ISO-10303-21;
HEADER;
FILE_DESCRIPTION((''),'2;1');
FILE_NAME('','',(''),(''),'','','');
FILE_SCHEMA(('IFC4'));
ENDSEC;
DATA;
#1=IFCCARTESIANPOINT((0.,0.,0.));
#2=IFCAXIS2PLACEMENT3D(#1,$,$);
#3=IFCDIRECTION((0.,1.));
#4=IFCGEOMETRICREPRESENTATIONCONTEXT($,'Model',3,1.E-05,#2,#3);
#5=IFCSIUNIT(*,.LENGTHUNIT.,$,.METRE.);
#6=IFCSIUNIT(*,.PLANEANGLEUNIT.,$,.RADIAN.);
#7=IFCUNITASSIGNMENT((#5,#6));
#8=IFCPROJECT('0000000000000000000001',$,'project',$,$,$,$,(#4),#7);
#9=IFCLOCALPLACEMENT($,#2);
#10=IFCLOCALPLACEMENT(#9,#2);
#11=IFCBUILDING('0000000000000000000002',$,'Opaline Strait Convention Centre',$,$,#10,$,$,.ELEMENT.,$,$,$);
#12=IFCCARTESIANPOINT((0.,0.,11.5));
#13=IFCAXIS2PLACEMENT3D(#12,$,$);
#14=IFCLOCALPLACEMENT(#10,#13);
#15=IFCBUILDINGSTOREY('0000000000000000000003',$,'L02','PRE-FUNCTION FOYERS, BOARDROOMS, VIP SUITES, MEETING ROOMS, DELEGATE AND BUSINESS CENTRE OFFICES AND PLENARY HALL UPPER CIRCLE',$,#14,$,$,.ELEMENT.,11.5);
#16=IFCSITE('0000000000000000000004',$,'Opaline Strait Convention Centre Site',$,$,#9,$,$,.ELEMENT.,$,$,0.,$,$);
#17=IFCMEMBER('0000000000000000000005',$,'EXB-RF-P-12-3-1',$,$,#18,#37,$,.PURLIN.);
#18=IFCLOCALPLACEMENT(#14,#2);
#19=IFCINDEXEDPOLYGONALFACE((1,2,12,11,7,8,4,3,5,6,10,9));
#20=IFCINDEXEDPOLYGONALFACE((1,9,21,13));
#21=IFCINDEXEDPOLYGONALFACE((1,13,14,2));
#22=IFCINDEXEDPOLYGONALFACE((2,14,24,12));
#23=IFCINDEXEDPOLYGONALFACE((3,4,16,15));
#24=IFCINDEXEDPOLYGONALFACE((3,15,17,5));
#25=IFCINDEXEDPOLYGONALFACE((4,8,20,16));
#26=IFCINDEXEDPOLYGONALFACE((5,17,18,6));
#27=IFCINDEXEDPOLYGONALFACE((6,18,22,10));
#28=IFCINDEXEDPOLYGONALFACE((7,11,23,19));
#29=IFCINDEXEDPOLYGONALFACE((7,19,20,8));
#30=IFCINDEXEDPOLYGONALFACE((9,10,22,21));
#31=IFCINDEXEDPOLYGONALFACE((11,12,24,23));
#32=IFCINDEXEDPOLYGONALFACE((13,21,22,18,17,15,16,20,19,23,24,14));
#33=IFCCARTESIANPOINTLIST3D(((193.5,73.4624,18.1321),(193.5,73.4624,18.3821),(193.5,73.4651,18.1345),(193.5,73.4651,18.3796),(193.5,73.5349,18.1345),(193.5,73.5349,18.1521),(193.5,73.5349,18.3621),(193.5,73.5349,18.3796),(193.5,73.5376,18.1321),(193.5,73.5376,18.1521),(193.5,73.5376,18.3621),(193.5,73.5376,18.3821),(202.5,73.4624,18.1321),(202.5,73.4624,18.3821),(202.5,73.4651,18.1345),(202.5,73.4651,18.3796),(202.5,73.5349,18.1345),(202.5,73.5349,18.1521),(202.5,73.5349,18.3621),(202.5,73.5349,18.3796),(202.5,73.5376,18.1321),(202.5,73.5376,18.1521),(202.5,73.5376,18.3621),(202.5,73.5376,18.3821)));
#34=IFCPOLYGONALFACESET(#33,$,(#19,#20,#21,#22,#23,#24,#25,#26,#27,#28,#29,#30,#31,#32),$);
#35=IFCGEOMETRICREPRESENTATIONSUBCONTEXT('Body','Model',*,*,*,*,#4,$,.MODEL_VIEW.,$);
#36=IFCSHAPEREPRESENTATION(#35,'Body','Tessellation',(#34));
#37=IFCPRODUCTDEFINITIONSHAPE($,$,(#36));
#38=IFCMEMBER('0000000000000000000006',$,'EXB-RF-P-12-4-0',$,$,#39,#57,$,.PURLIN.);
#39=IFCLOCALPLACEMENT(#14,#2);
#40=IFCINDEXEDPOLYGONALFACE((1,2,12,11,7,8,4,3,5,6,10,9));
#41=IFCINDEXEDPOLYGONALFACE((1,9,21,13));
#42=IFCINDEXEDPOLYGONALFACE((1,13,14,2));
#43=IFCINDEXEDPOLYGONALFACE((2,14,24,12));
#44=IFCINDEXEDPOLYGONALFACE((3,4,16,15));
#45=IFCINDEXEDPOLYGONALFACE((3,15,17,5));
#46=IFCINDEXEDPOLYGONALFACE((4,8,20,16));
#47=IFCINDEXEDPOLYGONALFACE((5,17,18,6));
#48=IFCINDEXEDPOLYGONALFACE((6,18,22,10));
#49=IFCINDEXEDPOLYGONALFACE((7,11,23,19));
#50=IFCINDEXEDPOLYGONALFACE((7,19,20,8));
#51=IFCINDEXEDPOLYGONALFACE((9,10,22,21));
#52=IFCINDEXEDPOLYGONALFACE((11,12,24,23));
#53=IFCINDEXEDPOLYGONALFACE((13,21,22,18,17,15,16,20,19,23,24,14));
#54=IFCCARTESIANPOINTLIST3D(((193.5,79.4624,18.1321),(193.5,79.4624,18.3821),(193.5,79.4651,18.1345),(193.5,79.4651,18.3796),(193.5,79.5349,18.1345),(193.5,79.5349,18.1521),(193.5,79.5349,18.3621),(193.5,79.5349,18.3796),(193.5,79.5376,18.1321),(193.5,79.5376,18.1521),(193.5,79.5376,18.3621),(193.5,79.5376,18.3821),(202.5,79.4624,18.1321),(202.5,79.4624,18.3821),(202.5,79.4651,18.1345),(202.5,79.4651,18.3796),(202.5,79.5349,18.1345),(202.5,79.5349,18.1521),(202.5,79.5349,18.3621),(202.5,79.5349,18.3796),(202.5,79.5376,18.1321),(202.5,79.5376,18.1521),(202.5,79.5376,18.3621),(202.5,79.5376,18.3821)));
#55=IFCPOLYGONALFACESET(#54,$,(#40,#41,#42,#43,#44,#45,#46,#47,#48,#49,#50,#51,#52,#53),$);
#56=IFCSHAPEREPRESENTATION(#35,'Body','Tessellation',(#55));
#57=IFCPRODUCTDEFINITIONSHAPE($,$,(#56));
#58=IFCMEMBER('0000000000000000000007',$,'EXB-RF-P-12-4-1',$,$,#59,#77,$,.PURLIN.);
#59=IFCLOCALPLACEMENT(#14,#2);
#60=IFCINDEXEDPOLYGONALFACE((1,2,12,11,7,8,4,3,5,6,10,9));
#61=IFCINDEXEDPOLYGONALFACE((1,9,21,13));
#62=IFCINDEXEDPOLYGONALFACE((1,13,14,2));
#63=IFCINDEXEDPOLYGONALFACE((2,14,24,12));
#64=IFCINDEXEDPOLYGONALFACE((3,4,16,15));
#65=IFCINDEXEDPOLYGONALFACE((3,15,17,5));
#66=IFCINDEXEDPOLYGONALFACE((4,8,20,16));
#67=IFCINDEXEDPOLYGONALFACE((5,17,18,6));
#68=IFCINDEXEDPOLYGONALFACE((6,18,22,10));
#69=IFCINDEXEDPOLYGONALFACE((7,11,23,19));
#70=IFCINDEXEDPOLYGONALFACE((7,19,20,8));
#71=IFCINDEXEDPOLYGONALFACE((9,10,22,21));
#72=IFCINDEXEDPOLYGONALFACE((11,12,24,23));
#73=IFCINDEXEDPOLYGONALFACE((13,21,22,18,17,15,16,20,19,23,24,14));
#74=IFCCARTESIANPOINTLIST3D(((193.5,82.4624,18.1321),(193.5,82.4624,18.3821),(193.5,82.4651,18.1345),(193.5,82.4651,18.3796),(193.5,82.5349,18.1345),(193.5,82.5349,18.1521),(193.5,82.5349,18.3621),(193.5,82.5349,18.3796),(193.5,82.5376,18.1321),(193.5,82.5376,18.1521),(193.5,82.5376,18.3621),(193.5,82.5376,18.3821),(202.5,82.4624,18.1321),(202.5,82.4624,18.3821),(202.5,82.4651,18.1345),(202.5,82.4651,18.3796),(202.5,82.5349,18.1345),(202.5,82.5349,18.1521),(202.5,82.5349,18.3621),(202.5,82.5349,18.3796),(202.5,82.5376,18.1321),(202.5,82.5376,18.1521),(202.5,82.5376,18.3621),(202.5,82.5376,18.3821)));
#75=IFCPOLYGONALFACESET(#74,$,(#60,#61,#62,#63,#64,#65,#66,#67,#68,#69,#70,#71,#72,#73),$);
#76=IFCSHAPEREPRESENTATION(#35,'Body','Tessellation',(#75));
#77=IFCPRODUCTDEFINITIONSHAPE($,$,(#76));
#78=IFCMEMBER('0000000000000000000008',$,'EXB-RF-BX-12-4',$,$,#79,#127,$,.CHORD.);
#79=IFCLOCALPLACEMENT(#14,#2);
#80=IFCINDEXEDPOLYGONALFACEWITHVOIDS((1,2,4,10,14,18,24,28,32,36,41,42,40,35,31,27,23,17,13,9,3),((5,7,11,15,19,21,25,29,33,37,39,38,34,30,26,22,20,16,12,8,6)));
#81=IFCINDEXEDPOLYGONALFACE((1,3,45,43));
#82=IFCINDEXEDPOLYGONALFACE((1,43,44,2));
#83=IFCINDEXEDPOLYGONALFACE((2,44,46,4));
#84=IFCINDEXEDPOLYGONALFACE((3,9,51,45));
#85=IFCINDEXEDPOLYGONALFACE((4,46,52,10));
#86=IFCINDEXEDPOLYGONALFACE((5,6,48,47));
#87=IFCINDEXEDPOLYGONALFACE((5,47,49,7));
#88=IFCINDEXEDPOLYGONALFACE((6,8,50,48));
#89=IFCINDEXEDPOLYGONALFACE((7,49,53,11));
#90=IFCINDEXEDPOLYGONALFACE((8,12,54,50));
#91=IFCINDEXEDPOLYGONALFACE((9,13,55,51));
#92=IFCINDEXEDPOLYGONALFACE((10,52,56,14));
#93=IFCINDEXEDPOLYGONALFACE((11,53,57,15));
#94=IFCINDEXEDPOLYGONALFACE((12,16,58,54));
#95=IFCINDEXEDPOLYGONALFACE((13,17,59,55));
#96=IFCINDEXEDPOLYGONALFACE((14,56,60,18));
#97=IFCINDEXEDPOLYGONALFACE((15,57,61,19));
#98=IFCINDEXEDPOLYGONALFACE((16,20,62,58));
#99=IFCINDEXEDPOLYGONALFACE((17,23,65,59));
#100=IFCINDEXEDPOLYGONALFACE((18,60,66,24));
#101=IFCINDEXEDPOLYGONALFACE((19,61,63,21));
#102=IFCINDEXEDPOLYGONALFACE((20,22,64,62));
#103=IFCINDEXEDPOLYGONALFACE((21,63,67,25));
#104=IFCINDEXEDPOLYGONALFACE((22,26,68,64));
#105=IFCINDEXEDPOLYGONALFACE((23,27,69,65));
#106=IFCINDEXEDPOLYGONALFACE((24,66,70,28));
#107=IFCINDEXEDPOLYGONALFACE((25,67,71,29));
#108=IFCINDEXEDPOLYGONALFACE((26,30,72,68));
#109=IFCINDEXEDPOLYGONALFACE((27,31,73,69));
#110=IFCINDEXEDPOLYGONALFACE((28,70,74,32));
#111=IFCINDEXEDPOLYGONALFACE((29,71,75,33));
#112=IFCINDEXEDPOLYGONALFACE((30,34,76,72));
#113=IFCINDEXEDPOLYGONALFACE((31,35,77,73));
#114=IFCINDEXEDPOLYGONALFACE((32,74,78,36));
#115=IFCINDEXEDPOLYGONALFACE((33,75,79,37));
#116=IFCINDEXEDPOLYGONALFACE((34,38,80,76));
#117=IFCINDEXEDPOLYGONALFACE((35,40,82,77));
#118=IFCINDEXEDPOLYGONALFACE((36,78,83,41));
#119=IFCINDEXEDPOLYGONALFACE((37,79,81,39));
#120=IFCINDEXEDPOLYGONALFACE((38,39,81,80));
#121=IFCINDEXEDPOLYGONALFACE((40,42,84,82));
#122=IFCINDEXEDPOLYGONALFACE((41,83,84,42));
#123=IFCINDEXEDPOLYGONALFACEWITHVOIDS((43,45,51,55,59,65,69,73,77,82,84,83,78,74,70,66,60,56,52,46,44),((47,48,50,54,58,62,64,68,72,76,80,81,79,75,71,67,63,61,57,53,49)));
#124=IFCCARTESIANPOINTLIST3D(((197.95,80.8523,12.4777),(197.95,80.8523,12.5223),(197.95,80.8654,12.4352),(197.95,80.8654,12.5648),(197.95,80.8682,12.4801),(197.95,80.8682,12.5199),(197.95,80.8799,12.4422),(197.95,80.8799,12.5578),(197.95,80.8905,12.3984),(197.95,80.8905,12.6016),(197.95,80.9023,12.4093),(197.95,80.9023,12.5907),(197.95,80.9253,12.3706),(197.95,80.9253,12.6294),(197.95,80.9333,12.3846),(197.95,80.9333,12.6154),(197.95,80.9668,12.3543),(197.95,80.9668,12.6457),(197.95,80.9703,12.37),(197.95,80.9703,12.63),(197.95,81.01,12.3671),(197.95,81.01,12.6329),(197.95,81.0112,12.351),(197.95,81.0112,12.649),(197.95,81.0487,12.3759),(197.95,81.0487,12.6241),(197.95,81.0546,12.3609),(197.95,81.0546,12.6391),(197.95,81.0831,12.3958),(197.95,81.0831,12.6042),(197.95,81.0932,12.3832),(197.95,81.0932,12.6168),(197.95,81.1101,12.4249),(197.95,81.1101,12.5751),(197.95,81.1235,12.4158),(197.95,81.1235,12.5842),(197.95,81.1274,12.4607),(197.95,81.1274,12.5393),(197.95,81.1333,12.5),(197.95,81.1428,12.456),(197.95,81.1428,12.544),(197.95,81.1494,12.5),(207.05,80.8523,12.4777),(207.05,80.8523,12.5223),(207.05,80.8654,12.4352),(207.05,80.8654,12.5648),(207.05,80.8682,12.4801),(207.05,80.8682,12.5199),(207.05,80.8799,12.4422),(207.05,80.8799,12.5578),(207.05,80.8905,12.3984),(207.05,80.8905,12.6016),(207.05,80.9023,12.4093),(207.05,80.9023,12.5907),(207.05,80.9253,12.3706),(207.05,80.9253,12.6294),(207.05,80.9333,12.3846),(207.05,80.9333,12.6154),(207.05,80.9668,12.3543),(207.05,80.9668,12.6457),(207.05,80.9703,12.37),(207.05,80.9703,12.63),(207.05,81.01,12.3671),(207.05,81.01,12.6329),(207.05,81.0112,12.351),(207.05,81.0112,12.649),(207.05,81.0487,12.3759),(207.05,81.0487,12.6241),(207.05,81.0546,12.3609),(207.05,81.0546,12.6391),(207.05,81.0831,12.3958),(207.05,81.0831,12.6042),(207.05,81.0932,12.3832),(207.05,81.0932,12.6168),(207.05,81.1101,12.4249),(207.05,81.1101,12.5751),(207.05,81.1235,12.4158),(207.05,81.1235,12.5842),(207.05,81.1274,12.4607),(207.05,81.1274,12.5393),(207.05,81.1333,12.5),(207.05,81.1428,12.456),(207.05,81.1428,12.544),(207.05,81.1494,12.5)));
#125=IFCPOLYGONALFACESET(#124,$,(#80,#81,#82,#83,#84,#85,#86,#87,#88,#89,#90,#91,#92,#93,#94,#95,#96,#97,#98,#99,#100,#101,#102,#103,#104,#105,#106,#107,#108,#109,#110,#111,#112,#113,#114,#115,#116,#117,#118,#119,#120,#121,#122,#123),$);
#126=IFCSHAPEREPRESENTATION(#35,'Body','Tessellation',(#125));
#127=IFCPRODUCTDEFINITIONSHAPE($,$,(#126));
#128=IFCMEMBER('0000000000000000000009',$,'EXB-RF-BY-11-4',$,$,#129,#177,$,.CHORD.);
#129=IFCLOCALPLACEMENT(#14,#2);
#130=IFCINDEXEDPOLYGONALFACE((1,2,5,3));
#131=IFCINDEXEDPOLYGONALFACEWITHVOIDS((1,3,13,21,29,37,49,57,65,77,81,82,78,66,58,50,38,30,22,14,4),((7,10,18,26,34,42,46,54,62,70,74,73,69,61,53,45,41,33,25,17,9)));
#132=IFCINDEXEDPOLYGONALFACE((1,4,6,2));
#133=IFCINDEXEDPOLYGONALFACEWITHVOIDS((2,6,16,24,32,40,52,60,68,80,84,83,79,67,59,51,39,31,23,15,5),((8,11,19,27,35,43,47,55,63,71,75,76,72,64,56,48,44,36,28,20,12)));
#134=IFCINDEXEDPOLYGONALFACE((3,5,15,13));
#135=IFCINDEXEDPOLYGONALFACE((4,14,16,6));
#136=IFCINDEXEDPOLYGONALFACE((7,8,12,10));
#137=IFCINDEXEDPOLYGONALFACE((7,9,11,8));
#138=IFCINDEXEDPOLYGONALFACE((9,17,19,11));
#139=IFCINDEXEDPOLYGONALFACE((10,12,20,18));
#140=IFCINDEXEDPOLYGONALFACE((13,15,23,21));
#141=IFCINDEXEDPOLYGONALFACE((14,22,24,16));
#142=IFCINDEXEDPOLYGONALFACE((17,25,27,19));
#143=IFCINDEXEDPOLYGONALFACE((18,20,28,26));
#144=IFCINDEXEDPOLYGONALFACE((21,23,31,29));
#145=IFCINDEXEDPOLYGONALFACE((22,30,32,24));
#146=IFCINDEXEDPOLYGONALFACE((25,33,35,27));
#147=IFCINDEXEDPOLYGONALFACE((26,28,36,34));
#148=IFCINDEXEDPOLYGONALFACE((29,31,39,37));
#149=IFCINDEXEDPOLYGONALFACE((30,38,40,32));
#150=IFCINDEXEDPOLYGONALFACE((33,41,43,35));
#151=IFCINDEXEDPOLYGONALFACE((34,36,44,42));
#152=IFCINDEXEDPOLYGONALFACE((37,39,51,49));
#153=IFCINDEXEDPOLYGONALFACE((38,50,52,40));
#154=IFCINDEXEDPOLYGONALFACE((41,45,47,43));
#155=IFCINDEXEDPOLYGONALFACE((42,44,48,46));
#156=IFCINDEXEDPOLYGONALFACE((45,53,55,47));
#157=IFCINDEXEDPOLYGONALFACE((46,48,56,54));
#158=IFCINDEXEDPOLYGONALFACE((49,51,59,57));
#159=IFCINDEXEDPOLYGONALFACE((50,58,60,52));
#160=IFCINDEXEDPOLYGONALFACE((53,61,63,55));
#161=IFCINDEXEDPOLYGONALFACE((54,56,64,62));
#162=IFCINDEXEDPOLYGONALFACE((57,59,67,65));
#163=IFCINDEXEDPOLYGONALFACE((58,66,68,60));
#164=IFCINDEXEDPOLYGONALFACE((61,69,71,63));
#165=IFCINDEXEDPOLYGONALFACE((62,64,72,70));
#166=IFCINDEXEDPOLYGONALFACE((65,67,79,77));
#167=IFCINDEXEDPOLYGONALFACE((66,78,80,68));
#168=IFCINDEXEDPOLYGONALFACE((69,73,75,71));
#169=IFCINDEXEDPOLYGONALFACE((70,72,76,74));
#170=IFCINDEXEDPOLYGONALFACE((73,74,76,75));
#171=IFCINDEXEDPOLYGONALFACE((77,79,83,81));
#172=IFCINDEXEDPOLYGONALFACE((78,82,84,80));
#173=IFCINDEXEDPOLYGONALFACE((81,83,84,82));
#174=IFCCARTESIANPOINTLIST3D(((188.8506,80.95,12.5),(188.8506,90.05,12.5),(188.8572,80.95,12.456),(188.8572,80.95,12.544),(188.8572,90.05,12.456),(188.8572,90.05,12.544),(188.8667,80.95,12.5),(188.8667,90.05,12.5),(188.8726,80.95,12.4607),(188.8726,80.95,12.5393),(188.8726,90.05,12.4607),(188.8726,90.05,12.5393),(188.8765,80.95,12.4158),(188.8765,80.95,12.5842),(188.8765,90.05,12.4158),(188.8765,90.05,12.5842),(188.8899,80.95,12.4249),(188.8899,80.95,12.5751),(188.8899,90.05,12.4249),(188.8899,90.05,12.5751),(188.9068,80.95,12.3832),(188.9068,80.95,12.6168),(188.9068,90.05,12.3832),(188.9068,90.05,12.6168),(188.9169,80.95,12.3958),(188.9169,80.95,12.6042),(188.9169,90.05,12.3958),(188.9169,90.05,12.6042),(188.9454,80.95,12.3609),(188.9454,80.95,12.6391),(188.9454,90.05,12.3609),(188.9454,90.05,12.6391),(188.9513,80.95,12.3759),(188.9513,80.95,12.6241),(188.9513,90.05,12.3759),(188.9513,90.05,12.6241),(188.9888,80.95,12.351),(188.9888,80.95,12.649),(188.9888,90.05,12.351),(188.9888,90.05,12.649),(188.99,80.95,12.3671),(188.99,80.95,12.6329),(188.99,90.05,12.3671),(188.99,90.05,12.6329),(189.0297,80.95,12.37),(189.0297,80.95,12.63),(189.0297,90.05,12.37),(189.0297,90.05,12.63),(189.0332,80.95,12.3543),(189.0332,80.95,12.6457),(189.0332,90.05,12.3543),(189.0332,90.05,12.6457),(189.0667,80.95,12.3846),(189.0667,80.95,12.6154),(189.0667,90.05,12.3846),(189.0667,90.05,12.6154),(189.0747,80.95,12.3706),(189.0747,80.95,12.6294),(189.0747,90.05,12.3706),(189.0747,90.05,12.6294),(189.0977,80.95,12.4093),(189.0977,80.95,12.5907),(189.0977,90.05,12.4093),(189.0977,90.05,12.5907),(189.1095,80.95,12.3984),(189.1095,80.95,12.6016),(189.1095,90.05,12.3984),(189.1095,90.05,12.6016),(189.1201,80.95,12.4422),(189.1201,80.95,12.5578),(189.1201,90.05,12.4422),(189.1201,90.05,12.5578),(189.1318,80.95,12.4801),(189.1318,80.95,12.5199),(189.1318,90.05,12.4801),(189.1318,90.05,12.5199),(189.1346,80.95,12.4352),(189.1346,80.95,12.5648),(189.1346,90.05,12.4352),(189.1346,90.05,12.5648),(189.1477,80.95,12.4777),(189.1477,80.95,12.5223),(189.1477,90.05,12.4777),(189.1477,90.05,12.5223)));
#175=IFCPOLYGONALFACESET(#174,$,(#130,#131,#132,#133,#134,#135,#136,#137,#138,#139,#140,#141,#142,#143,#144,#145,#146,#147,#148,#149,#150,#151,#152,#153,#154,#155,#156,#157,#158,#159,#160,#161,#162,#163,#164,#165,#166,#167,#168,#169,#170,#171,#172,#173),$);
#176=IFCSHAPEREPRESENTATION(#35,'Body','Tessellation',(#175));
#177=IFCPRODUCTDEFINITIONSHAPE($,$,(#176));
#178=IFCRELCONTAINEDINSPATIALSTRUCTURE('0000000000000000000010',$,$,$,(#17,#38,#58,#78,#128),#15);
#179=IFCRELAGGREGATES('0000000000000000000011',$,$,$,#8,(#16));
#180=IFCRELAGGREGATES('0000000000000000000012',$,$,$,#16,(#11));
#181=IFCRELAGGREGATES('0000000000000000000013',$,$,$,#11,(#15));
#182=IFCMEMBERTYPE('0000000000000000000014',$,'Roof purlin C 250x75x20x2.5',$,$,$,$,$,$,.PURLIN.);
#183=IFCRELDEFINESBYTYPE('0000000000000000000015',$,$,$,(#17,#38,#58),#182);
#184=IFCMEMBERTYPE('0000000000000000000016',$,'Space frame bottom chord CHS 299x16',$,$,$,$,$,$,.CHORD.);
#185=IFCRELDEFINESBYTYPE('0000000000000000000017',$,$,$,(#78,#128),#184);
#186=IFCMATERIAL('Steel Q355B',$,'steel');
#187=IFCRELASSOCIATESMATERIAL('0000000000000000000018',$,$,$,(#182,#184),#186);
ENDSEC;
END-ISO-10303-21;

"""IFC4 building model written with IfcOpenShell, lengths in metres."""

from ifc_helpers import new_model, si_unit, direction, frame, origin, origin_2d, place, context, subcontext, project, spatial, polyline, hollow_circle, outline, extrude, material, material_profile, profile_set, type_object, element, save


model = new_model("IFC4")

# Units and contexts
model_context = context("Model", 3, precision=1e-05, world=origin(), true_north=direction((0.0, 1.0)))
body_context = subcontext(model_context, "Body", "Model", "MODEL_VIEW")
ifc_project = project(units=[si_unit("LENGTHUNIT", "METRE"), si_unit("PLANEANGLEUNIT", "RADIAN")], contexts=[model_context])

# Site, building, storey
site_placement = place(None, origin())
site = spatial("IfcSite", under=ifc_project, at=site_placement, Name="Opaline Strait Convention Centre Site", CompositionType="ELEMENT", RefElevation=0.0)
building_placement = place(site_placement, origin())
building = spatial("IfcBuilding", under=site, at=building_placement, Name="Opaline Strait Convention Centre", CompositionType="ELEMENT")
storey_placement = place(building_placement, frame((0.0, 0.0, 11.5)))
storey = spatial("IfcBuildingStorey", under=building, at=storey_placement, Name="L02", Description="PRE-FUNCTION FOYERS, BOARDROOMS, VIP SUITES, MEETING ROOMS, DELEGATE AND BUSINESS CENTRE OFFICES AND PLENARY HALL UPPER CIRCLE", CompositionType="ELEMENT", Elevation=11.5)

# Members
ifc_material_1 = material(Name="Steel Q355B", Category="steel")
ifc_material_profile_1 = material_profile(ifc_material_1, outline(polyline([(-0.0376, -0.125), (0.0376, -0.125), (0.0376, -0.105), (0.0349, -0.105), (0.0349, -0.1226), (-0.0349, -0.1226), (-0.0349, 0.1226), (0.0349, 0.1226), (0.0349, 0.105), (0.0376, 0.105), (0.0376, 0.125), (-0.0376, 0.125), (-0.0376, -0.125)])), Name="C 250x75x20x2.5")
ifc_profile_set_1 = profile_set([ifc_material_profile_1], Name="Steel Q355B")
member_type_1 = type_object("IfcMemberType", Name="Roof purlin C 250x75x20x2.5", PredefinedType="PURLIN", material=ifc_profile_set_1)
for number, where, z_axis, x_axis, name in (
    (1, (193.5, 73.5, 18.2571), (1.0, 0.0, 0.0), (0.0, 1.0, 0.0), "EXB-RF-P-12-3-1"),
    (2, (193.5, 79.5, 18.2571), (1.0, 0.0, 0.0), (0.0, 1.0, 0.0), "EXB-RF-P-12-4-0"),
    (3, (193.5, 82.5, 18.2571), (1.0, 0.0, 0.0), (0.0, 1.0, 0.0), "EXB-RF-P-12-4-1"),
):
    element("IfcMember", number, at=place(storey_placement, frame(where, z_axis=z_axis, x_axis=x_axis)), inside=storey, type_object=member_type_1, Name=name, PredefinedType="PURLIN", context=body_context, shape_type="SweptSolid", body=[
        extrude(outline(polyline([(-0.0376, -0.125), (0.0376, -0.125), (0.0376, -0.105), (0.0349, -0.105), (0.0349, -0.1226), (-0.0349, -0.1226), (-0.0349, 0.1226), (0.0349, 0.1226), (0.0349, 0.105), (0.0376, 0.105), (0.0376, 0.125), (-0.0376, 0.125), (-0.0376, -0.125)])), origin(), (0.0, 0.0, 1.0), 9.0),
    ])
ifc_material_profile_2 = material_profile(ifc_material_1, hollow_circle(Radius=0.1494, WallThickness=0.0161, at=origin_2d()), Name="CHS 299x16")
ifc_profile_set_2 = profile_set([ifc_material_profile_2], Name="Steel Q355B")
member_type_2 = type_object("IfcMemberType", Name="Space frame bottom chord CHS 299x16", PredefinedType="CHORD", material=ifc_profile_set_2)
for number, where, z_axis, x_axis, name in (
    (4, (197.95, 81.0, 12.5), (1.0, 0.0, 0.0), (0.0, 1.0, 0.0), "EXB-RF-BX-12-4"),
    (5, (189.0, 80.95, 12.5), (0.0, 1.0, 0.0), (-1.0, 0.0, 0.0), "EXB-RF-BY-11-4"),
):
    element("IfcMember", number, at=place(storey_placement, frame(where, z_axis=z_axis, x_axis=x_axis)), inside=storey, type_object=member_type_2, Name=name, PredefinedType="CHORD", context=body_context, shape_type="SweptSolid", body=[
        extrude(hollow_circle(Radius=0.1494, WallThickness=0.0161, at=origin_2d()), origin(), (0.0, 0.0, 1.0), 9.1001),
    ])

save(model, "model.ifc")
